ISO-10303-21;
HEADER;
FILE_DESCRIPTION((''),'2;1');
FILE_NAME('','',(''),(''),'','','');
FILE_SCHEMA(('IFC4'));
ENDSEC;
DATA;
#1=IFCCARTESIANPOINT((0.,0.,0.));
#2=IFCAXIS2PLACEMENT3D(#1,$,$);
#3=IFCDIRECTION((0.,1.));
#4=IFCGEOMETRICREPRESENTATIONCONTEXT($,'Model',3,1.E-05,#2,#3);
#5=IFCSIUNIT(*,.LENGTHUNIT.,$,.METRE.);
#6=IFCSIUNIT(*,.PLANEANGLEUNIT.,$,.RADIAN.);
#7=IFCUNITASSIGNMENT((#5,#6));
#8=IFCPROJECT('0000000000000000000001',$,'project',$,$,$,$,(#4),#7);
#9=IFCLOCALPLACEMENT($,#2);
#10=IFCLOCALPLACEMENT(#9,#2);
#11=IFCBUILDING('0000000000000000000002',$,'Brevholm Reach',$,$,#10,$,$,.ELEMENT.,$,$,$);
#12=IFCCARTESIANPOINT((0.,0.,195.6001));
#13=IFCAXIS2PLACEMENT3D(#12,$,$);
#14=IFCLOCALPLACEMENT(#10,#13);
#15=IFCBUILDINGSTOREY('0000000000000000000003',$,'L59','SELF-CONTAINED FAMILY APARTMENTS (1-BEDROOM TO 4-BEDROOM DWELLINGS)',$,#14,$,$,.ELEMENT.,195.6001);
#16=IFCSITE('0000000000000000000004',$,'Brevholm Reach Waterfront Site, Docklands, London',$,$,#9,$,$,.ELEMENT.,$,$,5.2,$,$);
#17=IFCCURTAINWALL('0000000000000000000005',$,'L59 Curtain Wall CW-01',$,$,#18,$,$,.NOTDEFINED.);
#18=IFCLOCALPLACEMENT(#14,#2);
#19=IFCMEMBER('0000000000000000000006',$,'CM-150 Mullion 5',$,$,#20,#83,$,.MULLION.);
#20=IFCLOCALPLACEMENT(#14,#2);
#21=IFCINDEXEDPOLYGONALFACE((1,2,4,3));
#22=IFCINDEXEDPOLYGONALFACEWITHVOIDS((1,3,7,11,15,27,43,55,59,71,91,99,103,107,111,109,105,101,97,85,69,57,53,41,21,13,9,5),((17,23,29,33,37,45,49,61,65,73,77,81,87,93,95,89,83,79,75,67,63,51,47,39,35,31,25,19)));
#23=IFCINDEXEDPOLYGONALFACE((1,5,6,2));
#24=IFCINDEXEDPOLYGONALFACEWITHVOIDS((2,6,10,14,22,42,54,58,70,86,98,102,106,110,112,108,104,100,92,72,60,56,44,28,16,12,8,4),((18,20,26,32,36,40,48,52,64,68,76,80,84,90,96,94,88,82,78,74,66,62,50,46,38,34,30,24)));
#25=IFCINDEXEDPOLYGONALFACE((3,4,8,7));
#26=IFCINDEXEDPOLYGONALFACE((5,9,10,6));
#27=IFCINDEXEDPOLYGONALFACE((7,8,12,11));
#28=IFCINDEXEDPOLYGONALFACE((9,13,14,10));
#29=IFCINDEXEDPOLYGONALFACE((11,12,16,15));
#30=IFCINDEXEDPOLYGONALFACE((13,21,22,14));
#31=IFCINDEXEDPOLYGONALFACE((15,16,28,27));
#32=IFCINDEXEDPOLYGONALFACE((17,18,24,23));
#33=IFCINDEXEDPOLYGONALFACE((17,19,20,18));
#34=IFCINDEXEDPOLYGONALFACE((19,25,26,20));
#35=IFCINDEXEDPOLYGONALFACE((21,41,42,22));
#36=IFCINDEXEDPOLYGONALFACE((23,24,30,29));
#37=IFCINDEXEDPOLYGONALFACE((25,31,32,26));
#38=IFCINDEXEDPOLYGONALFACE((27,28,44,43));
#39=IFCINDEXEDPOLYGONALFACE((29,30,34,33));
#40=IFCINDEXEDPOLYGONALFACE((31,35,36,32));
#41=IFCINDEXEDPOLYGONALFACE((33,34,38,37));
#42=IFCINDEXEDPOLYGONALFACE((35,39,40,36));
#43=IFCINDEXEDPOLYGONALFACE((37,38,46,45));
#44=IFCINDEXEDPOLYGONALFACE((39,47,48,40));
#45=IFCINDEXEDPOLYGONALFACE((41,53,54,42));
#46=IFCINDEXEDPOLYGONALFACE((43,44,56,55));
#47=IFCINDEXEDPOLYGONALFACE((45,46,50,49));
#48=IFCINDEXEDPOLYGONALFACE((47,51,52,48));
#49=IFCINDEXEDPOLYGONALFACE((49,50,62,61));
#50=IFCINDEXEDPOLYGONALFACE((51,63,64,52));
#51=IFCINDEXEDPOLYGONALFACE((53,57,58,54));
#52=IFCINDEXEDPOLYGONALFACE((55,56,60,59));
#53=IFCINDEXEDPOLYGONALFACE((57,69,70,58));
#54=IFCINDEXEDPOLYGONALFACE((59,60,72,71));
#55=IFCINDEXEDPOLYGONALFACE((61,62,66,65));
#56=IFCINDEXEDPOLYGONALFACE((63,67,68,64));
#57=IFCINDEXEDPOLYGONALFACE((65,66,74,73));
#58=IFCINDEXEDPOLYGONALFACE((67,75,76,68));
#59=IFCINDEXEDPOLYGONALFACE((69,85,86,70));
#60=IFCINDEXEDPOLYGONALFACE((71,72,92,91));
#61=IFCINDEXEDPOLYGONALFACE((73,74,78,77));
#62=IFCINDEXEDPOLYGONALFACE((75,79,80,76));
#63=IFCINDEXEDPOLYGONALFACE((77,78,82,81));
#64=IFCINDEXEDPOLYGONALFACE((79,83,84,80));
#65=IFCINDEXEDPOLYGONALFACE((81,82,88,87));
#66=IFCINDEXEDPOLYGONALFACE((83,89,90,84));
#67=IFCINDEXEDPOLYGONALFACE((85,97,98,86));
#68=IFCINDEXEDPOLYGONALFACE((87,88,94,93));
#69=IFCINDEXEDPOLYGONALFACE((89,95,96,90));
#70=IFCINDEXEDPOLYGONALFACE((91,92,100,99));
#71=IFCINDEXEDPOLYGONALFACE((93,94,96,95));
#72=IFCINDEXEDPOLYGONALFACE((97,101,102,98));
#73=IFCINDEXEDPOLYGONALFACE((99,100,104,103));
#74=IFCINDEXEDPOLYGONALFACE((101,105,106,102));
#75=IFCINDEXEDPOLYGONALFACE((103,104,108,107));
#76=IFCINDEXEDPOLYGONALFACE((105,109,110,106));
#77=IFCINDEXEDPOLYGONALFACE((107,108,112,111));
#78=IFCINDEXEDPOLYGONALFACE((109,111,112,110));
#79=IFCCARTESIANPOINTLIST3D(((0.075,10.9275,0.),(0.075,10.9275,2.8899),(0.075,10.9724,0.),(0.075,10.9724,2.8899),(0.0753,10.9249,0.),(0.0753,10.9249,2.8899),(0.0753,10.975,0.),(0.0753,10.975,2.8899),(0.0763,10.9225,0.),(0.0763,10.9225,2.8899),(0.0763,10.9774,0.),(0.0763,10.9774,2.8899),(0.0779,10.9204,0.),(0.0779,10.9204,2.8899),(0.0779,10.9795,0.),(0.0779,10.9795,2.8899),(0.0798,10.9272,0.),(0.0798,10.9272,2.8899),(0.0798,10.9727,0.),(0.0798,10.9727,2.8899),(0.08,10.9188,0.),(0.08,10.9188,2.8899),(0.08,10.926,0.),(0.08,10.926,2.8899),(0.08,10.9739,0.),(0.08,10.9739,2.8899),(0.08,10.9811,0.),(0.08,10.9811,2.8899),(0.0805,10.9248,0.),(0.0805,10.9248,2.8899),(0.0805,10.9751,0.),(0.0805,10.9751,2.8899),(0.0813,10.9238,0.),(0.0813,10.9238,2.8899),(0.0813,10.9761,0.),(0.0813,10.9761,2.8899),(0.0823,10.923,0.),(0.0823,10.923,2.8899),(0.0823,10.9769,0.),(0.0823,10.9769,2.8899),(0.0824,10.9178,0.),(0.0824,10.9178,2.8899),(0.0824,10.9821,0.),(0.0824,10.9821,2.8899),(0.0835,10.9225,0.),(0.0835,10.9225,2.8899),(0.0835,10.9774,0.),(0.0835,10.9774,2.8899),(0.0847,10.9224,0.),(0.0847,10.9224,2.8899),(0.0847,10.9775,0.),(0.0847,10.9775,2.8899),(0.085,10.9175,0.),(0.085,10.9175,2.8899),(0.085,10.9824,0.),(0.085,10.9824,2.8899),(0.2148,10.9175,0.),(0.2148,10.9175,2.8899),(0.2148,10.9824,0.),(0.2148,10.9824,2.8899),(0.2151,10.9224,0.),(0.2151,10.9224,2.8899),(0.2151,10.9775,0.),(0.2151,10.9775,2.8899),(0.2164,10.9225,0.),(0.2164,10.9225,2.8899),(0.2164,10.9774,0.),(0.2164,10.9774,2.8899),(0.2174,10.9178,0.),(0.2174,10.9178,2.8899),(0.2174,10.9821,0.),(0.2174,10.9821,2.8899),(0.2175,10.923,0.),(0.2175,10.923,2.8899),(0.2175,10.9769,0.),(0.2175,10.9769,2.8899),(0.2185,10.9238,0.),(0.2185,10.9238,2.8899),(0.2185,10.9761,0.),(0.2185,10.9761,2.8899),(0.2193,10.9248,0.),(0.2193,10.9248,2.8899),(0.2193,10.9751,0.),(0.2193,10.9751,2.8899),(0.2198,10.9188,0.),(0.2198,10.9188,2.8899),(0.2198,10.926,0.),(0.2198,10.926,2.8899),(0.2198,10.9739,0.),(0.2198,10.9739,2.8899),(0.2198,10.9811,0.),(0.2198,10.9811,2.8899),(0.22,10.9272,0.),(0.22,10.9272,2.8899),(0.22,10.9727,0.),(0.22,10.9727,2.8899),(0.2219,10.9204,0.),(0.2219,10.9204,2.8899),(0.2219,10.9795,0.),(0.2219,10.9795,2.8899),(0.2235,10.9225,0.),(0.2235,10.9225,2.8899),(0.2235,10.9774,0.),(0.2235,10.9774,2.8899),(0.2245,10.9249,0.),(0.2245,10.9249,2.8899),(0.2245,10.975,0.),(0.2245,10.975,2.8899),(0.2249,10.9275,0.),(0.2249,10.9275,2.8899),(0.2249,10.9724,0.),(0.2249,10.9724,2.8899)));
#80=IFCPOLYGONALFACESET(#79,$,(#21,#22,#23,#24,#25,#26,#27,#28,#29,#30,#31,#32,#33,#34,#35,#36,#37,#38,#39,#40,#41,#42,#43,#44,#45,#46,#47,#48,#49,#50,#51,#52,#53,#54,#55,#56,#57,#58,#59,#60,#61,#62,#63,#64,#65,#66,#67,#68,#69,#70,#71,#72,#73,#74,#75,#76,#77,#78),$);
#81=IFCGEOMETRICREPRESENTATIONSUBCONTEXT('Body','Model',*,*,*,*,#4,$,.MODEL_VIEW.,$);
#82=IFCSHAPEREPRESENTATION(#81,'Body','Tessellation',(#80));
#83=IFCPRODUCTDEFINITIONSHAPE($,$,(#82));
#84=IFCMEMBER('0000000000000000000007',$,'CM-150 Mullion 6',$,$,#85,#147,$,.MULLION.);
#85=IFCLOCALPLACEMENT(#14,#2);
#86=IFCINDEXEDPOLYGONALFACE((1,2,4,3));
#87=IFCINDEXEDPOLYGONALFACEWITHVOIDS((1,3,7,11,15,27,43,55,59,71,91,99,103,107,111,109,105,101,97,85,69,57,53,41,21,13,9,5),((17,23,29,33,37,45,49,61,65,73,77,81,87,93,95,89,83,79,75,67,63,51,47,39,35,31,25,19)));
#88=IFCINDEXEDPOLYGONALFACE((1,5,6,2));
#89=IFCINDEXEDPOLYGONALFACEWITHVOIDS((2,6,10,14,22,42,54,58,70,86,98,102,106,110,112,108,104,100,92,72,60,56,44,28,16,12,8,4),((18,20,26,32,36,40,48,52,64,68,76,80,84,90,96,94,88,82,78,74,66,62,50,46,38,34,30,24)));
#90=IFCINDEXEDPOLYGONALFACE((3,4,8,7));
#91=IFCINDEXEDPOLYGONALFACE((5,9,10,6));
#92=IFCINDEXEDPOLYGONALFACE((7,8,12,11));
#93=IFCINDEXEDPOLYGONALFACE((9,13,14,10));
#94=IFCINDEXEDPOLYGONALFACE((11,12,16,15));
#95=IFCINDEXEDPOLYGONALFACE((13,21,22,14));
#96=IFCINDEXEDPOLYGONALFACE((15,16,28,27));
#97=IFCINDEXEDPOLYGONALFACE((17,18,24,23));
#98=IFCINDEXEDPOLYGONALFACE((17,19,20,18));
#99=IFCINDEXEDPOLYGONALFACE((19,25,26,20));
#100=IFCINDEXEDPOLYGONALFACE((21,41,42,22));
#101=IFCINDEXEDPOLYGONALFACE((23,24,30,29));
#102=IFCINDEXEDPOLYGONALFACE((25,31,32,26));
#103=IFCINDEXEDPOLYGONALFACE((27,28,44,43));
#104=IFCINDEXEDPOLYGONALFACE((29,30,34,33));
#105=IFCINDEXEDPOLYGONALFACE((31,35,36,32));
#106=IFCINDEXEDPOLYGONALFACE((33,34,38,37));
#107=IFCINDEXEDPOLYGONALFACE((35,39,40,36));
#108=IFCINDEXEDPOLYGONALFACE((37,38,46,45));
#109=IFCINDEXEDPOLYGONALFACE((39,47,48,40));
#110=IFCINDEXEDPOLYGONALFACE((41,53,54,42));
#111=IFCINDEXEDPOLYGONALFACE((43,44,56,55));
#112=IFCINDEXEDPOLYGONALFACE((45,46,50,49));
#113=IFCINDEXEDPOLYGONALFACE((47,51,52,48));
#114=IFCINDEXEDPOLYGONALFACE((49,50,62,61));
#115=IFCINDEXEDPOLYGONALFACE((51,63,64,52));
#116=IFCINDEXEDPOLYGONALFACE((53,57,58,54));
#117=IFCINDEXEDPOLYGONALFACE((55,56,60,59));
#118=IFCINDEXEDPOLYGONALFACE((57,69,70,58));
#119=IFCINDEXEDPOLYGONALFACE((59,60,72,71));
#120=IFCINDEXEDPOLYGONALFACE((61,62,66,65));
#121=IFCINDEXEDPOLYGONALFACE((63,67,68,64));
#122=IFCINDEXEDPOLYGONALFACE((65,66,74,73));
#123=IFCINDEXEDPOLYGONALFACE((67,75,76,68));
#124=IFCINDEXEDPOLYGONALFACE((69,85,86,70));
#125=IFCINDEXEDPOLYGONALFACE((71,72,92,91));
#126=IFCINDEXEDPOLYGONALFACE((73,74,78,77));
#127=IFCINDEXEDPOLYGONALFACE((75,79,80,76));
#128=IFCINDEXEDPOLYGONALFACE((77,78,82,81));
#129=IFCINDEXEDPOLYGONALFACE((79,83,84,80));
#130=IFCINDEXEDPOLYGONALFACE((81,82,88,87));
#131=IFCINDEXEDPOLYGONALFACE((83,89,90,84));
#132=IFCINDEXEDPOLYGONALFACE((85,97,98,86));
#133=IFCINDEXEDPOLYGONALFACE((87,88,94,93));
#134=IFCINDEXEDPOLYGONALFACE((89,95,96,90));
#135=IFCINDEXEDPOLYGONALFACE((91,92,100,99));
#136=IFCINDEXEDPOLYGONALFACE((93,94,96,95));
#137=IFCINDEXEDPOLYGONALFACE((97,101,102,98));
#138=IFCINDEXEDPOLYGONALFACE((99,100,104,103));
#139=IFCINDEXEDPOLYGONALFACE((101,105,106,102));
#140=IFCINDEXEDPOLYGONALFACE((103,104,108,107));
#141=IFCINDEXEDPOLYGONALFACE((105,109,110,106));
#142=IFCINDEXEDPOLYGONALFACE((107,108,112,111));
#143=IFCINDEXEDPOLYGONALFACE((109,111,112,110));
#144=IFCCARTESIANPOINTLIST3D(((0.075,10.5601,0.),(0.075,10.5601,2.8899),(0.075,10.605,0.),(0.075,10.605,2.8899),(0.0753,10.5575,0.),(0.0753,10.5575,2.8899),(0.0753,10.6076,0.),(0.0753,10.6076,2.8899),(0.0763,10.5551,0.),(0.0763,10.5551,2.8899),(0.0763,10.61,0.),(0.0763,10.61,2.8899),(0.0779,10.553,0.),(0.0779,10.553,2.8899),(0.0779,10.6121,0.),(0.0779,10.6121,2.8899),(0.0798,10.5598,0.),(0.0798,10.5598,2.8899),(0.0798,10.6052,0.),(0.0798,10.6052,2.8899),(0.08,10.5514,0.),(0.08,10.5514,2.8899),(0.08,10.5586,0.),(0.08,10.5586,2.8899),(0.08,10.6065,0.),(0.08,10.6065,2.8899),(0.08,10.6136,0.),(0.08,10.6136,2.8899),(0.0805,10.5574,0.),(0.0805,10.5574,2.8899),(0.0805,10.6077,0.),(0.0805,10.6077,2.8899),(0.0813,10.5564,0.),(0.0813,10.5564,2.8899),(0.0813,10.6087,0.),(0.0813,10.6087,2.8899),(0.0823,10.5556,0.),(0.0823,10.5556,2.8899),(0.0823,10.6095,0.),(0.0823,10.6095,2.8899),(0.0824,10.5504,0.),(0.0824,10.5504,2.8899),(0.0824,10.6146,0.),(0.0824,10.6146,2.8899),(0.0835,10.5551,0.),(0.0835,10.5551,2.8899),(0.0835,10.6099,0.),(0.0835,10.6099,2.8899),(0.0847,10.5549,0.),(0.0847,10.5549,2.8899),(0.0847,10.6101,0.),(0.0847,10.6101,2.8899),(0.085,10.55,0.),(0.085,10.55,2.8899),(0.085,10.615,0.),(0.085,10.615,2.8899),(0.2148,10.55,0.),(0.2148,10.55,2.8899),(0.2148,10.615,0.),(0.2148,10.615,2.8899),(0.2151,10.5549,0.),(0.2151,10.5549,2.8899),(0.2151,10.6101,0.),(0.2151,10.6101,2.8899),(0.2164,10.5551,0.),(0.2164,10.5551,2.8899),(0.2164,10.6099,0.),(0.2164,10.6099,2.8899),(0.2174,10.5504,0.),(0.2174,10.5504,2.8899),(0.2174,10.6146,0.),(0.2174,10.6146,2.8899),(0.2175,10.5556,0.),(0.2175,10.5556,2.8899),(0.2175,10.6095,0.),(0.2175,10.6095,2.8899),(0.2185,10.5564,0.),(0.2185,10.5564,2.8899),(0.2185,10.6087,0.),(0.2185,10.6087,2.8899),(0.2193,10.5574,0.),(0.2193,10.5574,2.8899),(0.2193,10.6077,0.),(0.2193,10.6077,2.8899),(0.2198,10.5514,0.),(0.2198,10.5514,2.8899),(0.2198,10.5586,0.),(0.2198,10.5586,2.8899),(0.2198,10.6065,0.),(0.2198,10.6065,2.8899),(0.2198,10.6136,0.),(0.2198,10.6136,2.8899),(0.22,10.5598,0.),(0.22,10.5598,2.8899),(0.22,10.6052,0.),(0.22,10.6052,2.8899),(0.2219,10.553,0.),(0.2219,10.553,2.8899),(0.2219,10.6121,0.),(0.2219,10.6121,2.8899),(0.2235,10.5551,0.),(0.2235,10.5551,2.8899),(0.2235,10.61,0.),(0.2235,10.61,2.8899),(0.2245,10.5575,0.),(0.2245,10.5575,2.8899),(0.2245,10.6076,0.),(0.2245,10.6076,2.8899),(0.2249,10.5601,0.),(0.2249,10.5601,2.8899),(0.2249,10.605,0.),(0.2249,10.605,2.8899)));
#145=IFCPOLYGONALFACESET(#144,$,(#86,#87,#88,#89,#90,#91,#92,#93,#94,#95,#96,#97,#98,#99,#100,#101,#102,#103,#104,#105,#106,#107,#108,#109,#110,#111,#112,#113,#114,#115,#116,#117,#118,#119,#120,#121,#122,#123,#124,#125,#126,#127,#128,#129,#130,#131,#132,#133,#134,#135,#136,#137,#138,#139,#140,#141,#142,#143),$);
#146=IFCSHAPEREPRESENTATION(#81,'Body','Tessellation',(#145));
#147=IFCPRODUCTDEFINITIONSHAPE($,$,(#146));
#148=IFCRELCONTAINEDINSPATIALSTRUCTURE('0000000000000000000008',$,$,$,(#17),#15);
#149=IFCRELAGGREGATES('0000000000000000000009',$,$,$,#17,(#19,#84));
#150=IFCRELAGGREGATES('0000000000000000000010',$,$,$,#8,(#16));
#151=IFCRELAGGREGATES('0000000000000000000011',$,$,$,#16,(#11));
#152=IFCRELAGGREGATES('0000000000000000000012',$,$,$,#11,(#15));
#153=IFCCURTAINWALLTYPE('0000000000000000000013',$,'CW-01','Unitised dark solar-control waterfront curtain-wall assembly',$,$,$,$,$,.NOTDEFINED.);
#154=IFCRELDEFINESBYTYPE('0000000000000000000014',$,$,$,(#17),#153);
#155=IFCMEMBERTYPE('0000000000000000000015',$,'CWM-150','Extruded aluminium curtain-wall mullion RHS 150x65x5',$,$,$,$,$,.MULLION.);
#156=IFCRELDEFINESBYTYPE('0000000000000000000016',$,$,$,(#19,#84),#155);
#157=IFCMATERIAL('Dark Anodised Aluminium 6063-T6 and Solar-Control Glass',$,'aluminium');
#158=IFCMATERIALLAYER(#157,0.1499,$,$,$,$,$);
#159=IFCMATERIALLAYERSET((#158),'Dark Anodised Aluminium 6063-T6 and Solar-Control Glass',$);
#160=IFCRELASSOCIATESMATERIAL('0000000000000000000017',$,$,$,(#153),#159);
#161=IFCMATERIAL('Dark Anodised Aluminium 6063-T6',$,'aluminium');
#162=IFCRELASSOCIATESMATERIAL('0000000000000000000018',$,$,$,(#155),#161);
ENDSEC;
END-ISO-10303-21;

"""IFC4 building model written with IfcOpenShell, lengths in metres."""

from ifc_helpers import new_model, si_unit, direction, frame, origin, origin_2d, place, context, subcontext, project, spatial, hollow_rectangle, extrude, material, layer, layer_set, material_profile, profile_set, type_object, element, aggregate, save


model = new_model("IFC4")

# Units and contexts
model_context = context("Model", 3, precision=1e-05, world=origin(), true_north=direction((0.0, 1.0)))
body_context = subcontext(model_context, "Body", "Model", "MODEL_VIEW")
ifc_project = project(units=[si_unit("LENGTHUNIT", "METRE"), si_unit("PLANEANGLEUNIT", "RADIAN")], contexts=[model_context])

# Site, building, storey
site_placement = place(None, origin())
site = spatial("IfcSite", under=ifc_project, at=site_placement, Name="Brevholm Reach Waterfront Site, Docklands, London", CompositionType="ELEMENT", RefElevation=5.2)
building_placement = place(site_placement, origin())
building = spatial("IfcBuilding", under=site, at=building_placement, Name="Brevholm Reach", CompositionType="ELEMENT")
storey_placement = place(building_placement, frame((0.0, 0.0, 195.6001)))
storey = spatial("IfcBuildingStorey", under=building, at=storey_placement, Name="L59", Description="SELF-CONTAINED FAMILY APARTMENTS (1-BEDROOM TO 4-BEDROOM DWELLINGS)", CompositionType="ELEMENT", Elevation=195.6001)

# Curtain wall, members
ifc_material_1 = material(Name="Dark Anodised Aluminium 6063-T6 and Solar-Control Glass", Category="aluminium")
ifc_layer_1 = layer(ifc_material_1, 0.1499)
ifc_layer_set_1 = layer_set([ifc_layer_1], Name="Dark Anodised Aluminium 6063-T6 and Solar-Control Glass")
curtain_wall_type = type_object("IfcCurtainWallType", Name="CW-01", Description="Unitised dark solar-control waterfront curtain-wall assembly", PredefinedType="NOTDEFINED", material=ifc_layer_set_1)
curtain_wall_placement = place(storey_placement, origin())
curtain_wall = element("IfcCurtainWall", 1, at=curtain_wall_placement, inside=storey, type_object=curtain_wall_type, Name="L59 Curtain Wall CW-01", PredefinedType="NOTDEFINED")
ifc_material_2 = material(Name="Dark Anodised Aluminium 6063-T6", Category="aluminium")
ifc_material_profile_1 = material_profile(ifc_material_2, hollow_rectangle(XDim=0.0649, YDim=0.1499, WallThickness=0.0049, InnerFilletRadius=0.0049, OuterFilletRadius=0.01, at=origin_2d()), Name="RHS 150x65x5")
ifc_profile_set_1 = profile_set([ifc_material_profile_1], Name="Dark Anodised Aluminium 6063-T6")
member_type_1 = type_object("IfcMemberType", Name="CWM-150", Description="Extruded aluminium curtain-wall mullion RHS 150x65x5", PredefinedType="MULLION", material=ifc_profile_set_1)
member_1_placement = place(storey_placement, frame((0.1499, 10.95, 0.0), z_axis=(0.0, 0.0, 1.0), x_axis=(0.0, -1.0, 0.0)))
member_1 = element("IfcMember", 2, at=member_1_placement, type_object=member_type_1, Name="CM-150 Mullion 5", PredefinedType="MULLION", context=body_context, shape_type="SweptSolid", body=[
    extrude(hollow_rectangle(XDim=0.0649, YDim=0.1499, WallThickness=0.0049, InnerFilletRadius=0.0049, OuterFilletRadius=0.01, at=origin_2d()), origin(), (0.0, 0.0, 1.0), 2.8899),
])
member_2_placement = place(storey_placement, frame((0.1499, 10.5825, 0.0), z_axis=(0.0, 0.0, 1.0), x_axis=(0.0, -1.0, 0.0)))
member_2 = element("IfcMember", 3, at=member_2_placement, type_object=member_type_1, Name="CM-150 Mullion 6", PredefinedType="MULLION", context=body_context, shape_type="SweptSolid", body=[
    extrude(hollow_rectangle(XDim=0.0649, YDim=0.1499, WallThickness=0.0049, InnerFilletRadius=0.0049, OuterFilletRadius=0.01, at=origin_2d()), origin(), (0.0, 0.0, 1.0), 2.8899),
])
aggregate(curtain_wall, [member_1, member_2])

save(model, "model.ifc")
